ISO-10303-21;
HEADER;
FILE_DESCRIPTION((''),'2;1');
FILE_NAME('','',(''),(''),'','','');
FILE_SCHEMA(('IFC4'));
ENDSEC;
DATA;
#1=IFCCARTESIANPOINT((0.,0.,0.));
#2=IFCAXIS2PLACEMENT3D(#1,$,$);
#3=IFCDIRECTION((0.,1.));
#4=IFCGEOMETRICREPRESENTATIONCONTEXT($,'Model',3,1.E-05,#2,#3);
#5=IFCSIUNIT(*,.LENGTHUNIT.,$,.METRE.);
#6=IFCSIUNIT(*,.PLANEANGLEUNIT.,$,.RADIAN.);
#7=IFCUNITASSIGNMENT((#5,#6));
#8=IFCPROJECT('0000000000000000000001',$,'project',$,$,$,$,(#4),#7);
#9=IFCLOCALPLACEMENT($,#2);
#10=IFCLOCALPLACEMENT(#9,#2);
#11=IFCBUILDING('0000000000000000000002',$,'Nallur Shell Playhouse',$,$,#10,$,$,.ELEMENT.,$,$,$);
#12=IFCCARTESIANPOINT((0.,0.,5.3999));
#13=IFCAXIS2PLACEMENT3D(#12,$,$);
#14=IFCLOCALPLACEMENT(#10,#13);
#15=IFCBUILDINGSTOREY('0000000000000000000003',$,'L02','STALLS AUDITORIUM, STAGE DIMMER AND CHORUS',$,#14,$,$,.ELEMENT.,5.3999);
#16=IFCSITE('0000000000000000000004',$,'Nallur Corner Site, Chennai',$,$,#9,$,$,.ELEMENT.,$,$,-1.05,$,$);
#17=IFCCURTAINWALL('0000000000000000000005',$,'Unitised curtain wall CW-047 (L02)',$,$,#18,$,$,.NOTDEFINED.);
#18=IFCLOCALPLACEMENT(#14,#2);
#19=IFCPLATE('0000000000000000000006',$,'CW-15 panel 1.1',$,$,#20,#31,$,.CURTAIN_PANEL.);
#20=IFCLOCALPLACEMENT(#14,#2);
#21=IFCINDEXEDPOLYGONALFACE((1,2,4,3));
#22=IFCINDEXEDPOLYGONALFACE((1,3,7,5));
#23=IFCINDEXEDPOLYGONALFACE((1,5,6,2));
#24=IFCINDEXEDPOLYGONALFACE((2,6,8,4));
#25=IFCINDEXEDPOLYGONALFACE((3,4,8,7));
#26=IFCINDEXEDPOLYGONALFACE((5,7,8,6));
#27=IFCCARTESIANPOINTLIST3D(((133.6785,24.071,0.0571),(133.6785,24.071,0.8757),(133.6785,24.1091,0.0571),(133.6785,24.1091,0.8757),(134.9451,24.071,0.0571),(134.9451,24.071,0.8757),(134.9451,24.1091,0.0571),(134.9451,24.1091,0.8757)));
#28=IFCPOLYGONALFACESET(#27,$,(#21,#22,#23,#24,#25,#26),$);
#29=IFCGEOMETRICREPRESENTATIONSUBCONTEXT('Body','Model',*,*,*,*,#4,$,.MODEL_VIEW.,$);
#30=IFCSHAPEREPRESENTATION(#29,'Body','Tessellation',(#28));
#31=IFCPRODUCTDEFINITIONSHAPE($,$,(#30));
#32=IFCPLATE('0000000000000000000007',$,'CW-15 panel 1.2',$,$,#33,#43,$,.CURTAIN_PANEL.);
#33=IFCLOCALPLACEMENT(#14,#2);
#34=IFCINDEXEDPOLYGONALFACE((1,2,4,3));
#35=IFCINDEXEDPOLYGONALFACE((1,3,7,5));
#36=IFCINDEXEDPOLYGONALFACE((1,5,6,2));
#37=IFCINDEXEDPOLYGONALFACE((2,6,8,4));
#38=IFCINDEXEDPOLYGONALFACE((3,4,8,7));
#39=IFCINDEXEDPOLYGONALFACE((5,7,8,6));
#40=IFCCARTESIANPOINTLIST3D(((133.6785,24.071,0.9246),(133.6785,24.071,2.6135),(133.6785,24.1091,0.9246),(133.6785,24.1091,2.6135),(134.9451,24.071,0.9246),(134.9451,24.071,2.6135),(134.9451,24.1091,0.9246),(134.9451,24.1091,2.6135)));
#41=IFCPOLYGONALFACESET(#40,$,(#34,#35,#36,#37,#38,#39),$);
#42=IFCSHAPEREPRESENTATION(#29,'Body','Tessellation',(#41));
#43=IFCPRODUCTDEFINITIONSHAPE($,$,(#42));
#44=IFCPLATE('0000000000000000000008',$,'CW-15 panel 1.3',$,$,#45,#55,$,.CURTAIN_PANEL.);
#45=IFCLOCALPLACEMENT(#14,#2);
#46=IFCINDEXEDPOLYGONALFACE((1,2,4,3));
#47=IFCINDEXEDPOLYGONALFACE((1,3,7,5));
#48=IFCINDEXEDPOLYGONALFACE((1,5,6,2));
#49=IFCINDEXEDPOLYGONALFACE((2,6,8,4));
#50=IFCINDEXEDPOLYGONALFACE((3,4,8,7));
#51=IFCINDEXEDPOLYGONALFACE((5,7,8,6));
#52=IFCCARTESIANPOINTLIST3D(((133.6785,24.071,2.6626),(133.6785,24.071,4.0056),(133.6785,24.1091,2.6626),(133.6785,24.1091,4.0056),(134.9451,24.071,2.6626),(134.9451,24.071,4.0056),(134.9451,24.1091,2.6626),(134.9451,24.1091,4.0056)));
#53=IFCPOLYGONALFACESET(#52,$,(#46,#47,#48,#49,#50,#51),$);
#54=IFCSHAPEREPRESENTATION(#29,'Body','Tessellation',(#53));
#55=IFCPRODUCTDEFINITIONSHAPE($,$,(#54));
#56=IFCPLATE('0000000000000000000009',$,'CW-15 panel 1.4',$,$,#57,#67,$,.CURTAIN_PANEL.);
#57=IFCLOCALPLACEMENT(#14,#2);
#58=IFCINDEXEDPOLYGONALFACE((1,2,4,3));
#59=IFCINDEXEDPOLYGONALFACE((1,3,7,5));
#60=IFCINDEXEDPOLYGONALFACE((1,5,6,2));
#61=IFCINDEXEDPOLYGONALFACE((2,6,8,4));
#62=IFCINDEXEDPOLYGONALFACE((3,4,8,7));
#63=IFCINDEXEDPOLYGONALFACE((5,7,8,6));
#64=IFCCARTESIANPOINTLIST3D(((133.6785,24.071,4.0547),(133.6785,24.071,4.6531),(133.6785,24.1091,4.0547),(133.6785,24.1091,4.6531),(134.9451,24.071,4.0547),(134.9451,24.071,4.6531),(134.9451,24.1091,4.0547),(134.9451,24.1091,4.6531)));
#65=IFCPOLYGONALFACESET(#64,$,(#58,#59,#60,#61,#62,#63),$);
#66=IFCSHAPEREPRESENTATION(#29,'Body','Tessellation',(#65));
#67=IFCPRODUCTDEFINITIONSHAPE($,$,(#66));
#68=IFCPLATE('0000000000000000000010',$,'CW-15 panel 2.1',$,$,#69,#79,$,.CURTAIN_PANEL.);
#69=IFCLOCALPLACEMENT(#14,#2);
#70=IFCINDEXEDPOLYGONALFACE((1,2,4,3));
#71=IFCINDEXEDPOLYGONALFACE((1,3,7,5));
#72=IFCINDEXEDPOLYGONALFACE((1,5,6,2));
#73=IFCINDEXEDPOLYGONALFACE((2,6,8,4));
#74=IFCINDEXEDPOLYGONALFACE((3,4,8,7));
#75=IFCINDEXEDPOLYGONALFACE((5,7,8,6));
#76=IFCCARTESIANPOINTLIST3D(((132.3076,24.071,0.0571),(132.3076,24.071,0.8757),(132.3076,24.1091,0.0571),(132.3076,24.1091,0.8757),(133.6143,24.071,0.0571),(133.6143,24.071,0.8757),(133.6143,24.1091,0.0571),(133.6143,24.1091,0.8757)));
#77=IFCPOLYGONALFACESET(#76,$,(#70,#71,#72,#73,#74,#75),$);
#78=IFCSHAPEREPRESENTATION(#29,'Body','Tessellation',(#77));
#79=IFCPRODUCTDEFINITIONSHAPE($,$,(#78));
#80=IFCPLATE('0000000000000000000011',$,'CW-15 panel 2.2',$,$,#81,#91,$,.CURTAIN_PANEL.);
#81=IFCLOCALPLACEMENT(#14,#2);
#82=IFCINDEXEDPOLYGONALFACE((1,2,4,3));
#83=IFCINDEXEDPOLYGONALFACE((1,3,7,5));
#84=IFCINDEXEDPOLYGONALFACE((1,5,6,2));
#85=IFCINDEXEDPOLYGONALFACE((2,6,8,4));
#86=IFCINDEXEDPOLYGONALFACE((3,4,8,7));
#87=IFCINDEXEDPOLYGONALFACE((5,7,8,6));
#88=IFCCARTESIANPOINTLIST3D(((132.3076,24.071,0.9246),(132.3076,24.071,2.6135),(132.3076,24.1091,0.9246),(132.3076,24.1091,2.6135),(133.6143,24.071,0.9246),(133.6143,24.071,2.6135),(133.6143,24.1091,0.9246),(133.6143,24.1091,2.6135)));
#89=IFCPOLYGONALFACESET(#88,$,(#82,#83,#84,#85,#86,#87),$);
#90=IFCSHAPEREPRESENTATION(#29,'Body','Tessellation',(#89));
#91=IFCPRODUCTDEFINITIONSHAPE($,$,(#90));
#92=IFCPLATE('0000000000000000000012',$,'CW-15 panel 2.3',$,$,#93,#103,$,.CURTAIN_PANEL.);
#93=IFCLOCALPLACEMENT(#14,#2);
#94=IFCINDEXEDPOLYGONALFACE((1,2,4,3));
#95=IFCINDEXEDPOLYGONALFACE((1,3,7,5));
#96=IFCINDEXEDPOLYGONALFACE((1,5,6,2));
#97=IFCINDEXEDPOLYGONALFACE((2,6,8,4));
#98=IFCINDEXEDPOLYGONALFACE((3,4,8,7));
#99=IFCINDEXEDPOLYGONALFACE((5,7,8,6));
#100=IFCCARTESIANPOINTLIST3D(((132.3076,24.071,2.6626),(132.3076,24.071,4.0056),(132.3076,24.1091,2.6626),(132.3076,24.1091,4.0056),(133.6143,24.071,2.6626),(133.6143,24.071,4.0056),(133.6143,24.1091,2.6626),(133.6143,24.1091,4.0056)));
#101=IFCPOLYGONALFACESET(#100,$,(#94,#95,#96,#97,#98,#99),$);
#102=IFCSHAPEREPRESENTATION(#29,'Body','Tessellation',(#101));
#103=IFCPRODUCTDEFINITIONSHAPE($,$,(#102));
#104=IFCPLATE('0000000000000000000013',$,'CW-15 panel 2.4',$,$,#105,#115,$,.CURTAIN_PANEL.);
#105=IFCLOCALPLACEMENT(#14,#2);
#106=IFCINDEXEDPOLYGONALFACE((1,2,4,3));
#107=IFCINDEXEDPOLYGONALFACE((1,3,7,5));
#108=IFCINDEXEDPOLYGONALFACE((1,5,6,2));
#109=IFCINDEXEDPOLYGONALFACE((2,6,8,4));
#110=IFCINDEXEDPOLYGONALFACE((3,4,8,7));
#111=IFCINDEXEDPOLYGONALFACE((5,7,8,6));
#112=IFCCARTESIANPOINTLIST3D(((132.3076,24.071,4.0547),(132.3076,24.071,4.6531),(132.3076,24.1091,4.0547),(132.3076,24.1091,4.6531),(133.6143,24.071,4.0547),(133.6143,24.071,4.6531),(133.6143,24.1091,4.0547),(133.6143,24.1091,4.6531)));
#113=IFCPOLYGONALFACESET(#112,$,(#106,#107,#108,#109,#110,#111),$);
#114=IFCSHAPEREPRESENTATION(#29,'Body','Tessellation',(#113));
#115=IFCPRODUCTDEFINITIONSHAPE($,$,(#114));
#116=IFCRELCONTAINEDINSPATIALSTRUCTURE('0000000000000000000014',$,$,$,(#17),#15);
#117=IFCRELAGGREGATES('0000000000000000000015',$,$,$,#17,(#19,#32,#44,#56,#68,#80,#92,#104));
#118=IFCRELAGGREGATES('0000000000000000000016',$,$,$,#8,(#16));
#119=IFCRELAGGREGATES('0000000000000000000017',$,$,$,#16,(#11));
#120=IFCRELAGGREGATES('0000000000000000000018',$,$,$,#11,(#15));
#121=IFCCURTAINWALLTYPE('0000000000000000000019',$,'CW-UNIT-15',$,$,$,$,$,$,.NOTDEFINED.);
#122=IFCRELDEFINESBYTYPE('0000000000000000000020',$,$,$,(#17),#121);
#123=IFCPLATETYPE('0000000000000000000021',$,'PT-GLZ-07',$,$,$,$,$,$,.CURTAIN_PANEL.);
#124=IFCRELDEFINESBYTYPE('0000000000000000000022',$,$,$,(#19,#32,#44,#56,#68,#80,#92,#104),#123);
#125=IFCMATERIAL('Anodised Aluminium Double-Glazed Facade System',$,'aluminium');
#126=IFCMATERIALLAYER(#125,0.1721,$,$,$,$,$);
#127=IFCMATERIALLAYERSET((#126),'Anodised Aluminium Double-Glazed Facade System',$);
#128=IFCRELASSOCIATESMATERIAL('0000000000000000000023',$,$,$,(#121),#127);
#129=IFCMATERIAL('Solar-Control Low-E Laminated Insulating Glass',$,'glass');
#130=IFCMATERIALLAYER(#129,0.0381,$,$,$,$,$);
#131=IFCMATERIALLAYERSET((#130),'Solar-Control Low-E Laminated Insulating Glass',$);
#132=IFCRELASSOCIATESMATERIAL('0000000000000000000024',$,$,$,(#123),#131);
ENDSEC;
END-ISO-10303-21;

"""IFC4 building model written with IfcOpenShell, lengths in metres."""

from ifc_helpers import new_model, si_unit, direction, frame, origin, origin_2d, place, context, subcontext, project, spatial, rectangle, extrude, material, layer, layer_set, type_object, element, aggregate, save


model = new_model("IFC4")

# Units and contexts
model_context = context("Model", 3, precision=1e-05, world=origin(), true_north=direction((0.0, 1.0)))
body_context = subcontext(model_context, "Body", "Model", "MODEL_VIEW")
ifc_project = project(units=[si_unit("LENGTHUNIT", "METRE"), si_unit("PLANEANGLEUNIT", "RADIAN")], contexts=[model_context])

# Site, building, storey
site_placement = place(None, origin())
site = spatial("IfcSite", under=ifc_project, at=site_placement, Name="Nallur Corner Site, Chennai", CompositionType="ELEMENT", RefElevation=-1.05)
building_placement = place(site_placement, origin())
building = spatial("IfcBuilding", under=site, at=building_placement, Name="Nallur Shell Playhouse", CompositionType="ELEMENT")
storey_placement = place(building_placement, frame((0.0, 0.0, 5.3999)))
storey = spatial("IfcBuildingStorey", under=building, at=storey_placement, Name="L02", Description="STALLS AUDITORIUM, STAGE DIMMER AND CHORUS", CompositionType="ELEMENT", Elevation=5.3999)

# Curtain wall
ifc_material_1 = material(Name="Anodised Aluminium Double-Glazed Facade System", Category="aluminium")
ifc_layer_1 = layer(ifc_material_1, 0.1721)
ifc_layer_set_1 = layer_set([ifc_layer_1], Name="Anodised Aluminium Double-Glazed Facade System")
curtain_wall_type_1 = type_object("IfcCurtainWallType", Name="CW-UNIT-15", PredefinedType="NOTDEFINED", material=ifc_layer_set_1)
curtain_wall_1_placement = place(storey_placement, origin())
curtain_wall_1 = element("IfcCurtainWall", 1, at=curtain_wall_1_placement, inside=storey, type_object=curtain_wall_type_1, Name="Unitised curtain wall CW-047 (L02)", PredefinedType="NOTDEFINED")

# Plates
ifc_material_2 = material(Name="Solar-Control Low-E Laminated Insulating Glass", Category="glass")
ifc_layer_2 = layer(ifc_material_2, 0.0381)
ifc_layer_set_2 = layer_set([ifc_layer_2], Name="Solar-Control Low-E Laminated Insulating Glass")
plate_type_1 = type_object("IfcPlateType", Name="PT-GLZ-07", PredefinedType="CURTAIN_PANEL", material=ifc_layer_set_2)
plate_1_placement = place(storey_placement, frame((134.3118, 24.0901, 0.0571), z_axis=(0.0, 0.0, 1.0), x_axis=(-1.0, 0.0, 0.0)))
plate_1 = element("IfcPlate", 2, at=plate_1_placement, type_object=plate_type_1, Name="CW-15 panel 1.1", PredefinedType="CURTAIN_PANEL", context=body_context, shape_type="SweptSolid", body=[
    extrude(rectangle(XDim=1.2666, YDim=0.0381, at=origin_2d()), origin(), (0.0, 0.0, 1.0), 0.8186),
])
plate_2_placement = place(storey_placement, frame((134.3118, 24.0901, 0.9246), z_axis=(0.0, 0.0, 1.0), x_axis=(-1.0, 0.0, 0.0)))
plate_2 = element("IfcPlate", 3, at=plate_2_placement, type_object=plate_type_1, Name="CW-15 panel 1.2", PredefinedType="CURTAIN_PANEL", context=body_context, shape_type="SweptSolid", body=[
    extrude(rectangle(XDim=1.2666, YDim=0.0381, at=origin_2d()), origin(), (0.0, 0.0, 1.0), 1.689),
])
plate_3_placement = place(storey_placement, frame((134.3118, 24.0901, 2.6626), z_axis=(0.0, 0.0, 1.0), x_axis=(-1.0, 0.0, 0.0)))
plate_3 = element("IfcPlate", 4, at=plate_3_placement, type_object=plate_type_1, Name="CW-15 panel 1.3", PredefinedType="CURTAIN_PANEL", context=body_context, shape_type="SweptSolid", body=[
    extrude(rectangle(XDim=1.2666, YDim=0.0381, at=origin_2d()), origin(), (0.0, 0.0, 1.0), 1.343),
])
plate_4_placement = place(storey_placement, frame((134.3118, 24.0901, 4.0547), z_axis=(0.0, 0.0, 1.0), x_axis=(-1.0, 0.0, 0.0)))
plate_4 = element("IfcPlate", 5, at=plate_4_placement, type_object=plate_type_1, Name="CW-15 panel 1.4", PredefinedType="CURTAIN_PANEL", context=body_context, shape_type="SweptSolid", body=[
    extrude(rectangle(XDim=1.2666, YDim=0.0381, at=origin_2d()), origin(), (0.0, 0.0, 1.0), 0.5984),
])
plate_5_placement = place(storey_placement, frame((132.9609, 24.0901, 0.0571), z_axis=(0.0, 0.0, 1.0), x_axis=(-1.0, 0.0, 0.0)))
plate_5 = element("IfcPlate", 6, at=plate_5_placement, type_object=plate_type_1, Name="CW-15 panel 2.1", PredefinedType="CURTAIN_PANEL", context=body_context, shape_type="SweptSolid", body=[
    extrude(rectangle(XDim=1.3066, YDim=0.0381, at=origin_2d()), origin(), (0.0, 0.0, 1.0), 0.8186),
])
plate_6_placement = place(storey_placement, frame((132.9609, 24.0901, 0.9246), z_axis=(0.0, 0.0, 1.0), x_axis=(-1.0, 0.0, 0.0)))
plate_6 = element("IfcPlate", 7, at=plate_6_placement, type_object=plate_type_1, Name="CW-15 panel 2.2", PredefinedType="CURTAIN_PANEL", context=body_context, shape_type="SweptSolid", body=[
    extrude(rectangle(XDim=1.3066, YDim=0.0381, at=origin_2d()), origin(), (0.0, 0.0, 1.0), 1.689),
])
plate_7_placement = place(storey_placement, frame((132.9609, 24.0901, 2.6626), z_axis=(0.0, 0.0, 1.0), x_axis=(-1.0, 0.0, 0.0)))
plate_7 = element("IfcPlate", 8, at=plate_7_placement, type_object=plate_type_1, Name="CW-15 panel 2.3", PredefinedType="CURTAIN_PANEL", context=body_context, shape_type="SweptSolid", body=[
    extrude(rectangle(XDim=1.3066, YDim=0.0381, at=origin_2d()), origin(), (0.0, 0.0, 1.0), 1.343),
])
plate_8_placement = place(storey_placement, frame((132.9609, 24.0901, 4.0547), z_axis=(0.0, 0.0, 1.0), x_axis=(-1.0, 0.0, 0.0)))
plate_8 = element("IfcPlate", 9, at=plate_8_placement, type_object=plate_type_1, Name="CW-15 panel 2.4", PredefinedType="CURTAIN_PANEL", context=body_context, shape_type="SweptSolid", body=[
    extrude(rectangle(XDim=1.3066, YDim=0.0381, at=origin_2d()), origin(), (0.0, 0.0, 1.0), 0.5984),
])
aggregate(curtain_wall_1, [plate_1, plate_2, plate_3, plate_4, plate_5, plate_6, plate_7, plate_8])

save(model, "model.ifc")
